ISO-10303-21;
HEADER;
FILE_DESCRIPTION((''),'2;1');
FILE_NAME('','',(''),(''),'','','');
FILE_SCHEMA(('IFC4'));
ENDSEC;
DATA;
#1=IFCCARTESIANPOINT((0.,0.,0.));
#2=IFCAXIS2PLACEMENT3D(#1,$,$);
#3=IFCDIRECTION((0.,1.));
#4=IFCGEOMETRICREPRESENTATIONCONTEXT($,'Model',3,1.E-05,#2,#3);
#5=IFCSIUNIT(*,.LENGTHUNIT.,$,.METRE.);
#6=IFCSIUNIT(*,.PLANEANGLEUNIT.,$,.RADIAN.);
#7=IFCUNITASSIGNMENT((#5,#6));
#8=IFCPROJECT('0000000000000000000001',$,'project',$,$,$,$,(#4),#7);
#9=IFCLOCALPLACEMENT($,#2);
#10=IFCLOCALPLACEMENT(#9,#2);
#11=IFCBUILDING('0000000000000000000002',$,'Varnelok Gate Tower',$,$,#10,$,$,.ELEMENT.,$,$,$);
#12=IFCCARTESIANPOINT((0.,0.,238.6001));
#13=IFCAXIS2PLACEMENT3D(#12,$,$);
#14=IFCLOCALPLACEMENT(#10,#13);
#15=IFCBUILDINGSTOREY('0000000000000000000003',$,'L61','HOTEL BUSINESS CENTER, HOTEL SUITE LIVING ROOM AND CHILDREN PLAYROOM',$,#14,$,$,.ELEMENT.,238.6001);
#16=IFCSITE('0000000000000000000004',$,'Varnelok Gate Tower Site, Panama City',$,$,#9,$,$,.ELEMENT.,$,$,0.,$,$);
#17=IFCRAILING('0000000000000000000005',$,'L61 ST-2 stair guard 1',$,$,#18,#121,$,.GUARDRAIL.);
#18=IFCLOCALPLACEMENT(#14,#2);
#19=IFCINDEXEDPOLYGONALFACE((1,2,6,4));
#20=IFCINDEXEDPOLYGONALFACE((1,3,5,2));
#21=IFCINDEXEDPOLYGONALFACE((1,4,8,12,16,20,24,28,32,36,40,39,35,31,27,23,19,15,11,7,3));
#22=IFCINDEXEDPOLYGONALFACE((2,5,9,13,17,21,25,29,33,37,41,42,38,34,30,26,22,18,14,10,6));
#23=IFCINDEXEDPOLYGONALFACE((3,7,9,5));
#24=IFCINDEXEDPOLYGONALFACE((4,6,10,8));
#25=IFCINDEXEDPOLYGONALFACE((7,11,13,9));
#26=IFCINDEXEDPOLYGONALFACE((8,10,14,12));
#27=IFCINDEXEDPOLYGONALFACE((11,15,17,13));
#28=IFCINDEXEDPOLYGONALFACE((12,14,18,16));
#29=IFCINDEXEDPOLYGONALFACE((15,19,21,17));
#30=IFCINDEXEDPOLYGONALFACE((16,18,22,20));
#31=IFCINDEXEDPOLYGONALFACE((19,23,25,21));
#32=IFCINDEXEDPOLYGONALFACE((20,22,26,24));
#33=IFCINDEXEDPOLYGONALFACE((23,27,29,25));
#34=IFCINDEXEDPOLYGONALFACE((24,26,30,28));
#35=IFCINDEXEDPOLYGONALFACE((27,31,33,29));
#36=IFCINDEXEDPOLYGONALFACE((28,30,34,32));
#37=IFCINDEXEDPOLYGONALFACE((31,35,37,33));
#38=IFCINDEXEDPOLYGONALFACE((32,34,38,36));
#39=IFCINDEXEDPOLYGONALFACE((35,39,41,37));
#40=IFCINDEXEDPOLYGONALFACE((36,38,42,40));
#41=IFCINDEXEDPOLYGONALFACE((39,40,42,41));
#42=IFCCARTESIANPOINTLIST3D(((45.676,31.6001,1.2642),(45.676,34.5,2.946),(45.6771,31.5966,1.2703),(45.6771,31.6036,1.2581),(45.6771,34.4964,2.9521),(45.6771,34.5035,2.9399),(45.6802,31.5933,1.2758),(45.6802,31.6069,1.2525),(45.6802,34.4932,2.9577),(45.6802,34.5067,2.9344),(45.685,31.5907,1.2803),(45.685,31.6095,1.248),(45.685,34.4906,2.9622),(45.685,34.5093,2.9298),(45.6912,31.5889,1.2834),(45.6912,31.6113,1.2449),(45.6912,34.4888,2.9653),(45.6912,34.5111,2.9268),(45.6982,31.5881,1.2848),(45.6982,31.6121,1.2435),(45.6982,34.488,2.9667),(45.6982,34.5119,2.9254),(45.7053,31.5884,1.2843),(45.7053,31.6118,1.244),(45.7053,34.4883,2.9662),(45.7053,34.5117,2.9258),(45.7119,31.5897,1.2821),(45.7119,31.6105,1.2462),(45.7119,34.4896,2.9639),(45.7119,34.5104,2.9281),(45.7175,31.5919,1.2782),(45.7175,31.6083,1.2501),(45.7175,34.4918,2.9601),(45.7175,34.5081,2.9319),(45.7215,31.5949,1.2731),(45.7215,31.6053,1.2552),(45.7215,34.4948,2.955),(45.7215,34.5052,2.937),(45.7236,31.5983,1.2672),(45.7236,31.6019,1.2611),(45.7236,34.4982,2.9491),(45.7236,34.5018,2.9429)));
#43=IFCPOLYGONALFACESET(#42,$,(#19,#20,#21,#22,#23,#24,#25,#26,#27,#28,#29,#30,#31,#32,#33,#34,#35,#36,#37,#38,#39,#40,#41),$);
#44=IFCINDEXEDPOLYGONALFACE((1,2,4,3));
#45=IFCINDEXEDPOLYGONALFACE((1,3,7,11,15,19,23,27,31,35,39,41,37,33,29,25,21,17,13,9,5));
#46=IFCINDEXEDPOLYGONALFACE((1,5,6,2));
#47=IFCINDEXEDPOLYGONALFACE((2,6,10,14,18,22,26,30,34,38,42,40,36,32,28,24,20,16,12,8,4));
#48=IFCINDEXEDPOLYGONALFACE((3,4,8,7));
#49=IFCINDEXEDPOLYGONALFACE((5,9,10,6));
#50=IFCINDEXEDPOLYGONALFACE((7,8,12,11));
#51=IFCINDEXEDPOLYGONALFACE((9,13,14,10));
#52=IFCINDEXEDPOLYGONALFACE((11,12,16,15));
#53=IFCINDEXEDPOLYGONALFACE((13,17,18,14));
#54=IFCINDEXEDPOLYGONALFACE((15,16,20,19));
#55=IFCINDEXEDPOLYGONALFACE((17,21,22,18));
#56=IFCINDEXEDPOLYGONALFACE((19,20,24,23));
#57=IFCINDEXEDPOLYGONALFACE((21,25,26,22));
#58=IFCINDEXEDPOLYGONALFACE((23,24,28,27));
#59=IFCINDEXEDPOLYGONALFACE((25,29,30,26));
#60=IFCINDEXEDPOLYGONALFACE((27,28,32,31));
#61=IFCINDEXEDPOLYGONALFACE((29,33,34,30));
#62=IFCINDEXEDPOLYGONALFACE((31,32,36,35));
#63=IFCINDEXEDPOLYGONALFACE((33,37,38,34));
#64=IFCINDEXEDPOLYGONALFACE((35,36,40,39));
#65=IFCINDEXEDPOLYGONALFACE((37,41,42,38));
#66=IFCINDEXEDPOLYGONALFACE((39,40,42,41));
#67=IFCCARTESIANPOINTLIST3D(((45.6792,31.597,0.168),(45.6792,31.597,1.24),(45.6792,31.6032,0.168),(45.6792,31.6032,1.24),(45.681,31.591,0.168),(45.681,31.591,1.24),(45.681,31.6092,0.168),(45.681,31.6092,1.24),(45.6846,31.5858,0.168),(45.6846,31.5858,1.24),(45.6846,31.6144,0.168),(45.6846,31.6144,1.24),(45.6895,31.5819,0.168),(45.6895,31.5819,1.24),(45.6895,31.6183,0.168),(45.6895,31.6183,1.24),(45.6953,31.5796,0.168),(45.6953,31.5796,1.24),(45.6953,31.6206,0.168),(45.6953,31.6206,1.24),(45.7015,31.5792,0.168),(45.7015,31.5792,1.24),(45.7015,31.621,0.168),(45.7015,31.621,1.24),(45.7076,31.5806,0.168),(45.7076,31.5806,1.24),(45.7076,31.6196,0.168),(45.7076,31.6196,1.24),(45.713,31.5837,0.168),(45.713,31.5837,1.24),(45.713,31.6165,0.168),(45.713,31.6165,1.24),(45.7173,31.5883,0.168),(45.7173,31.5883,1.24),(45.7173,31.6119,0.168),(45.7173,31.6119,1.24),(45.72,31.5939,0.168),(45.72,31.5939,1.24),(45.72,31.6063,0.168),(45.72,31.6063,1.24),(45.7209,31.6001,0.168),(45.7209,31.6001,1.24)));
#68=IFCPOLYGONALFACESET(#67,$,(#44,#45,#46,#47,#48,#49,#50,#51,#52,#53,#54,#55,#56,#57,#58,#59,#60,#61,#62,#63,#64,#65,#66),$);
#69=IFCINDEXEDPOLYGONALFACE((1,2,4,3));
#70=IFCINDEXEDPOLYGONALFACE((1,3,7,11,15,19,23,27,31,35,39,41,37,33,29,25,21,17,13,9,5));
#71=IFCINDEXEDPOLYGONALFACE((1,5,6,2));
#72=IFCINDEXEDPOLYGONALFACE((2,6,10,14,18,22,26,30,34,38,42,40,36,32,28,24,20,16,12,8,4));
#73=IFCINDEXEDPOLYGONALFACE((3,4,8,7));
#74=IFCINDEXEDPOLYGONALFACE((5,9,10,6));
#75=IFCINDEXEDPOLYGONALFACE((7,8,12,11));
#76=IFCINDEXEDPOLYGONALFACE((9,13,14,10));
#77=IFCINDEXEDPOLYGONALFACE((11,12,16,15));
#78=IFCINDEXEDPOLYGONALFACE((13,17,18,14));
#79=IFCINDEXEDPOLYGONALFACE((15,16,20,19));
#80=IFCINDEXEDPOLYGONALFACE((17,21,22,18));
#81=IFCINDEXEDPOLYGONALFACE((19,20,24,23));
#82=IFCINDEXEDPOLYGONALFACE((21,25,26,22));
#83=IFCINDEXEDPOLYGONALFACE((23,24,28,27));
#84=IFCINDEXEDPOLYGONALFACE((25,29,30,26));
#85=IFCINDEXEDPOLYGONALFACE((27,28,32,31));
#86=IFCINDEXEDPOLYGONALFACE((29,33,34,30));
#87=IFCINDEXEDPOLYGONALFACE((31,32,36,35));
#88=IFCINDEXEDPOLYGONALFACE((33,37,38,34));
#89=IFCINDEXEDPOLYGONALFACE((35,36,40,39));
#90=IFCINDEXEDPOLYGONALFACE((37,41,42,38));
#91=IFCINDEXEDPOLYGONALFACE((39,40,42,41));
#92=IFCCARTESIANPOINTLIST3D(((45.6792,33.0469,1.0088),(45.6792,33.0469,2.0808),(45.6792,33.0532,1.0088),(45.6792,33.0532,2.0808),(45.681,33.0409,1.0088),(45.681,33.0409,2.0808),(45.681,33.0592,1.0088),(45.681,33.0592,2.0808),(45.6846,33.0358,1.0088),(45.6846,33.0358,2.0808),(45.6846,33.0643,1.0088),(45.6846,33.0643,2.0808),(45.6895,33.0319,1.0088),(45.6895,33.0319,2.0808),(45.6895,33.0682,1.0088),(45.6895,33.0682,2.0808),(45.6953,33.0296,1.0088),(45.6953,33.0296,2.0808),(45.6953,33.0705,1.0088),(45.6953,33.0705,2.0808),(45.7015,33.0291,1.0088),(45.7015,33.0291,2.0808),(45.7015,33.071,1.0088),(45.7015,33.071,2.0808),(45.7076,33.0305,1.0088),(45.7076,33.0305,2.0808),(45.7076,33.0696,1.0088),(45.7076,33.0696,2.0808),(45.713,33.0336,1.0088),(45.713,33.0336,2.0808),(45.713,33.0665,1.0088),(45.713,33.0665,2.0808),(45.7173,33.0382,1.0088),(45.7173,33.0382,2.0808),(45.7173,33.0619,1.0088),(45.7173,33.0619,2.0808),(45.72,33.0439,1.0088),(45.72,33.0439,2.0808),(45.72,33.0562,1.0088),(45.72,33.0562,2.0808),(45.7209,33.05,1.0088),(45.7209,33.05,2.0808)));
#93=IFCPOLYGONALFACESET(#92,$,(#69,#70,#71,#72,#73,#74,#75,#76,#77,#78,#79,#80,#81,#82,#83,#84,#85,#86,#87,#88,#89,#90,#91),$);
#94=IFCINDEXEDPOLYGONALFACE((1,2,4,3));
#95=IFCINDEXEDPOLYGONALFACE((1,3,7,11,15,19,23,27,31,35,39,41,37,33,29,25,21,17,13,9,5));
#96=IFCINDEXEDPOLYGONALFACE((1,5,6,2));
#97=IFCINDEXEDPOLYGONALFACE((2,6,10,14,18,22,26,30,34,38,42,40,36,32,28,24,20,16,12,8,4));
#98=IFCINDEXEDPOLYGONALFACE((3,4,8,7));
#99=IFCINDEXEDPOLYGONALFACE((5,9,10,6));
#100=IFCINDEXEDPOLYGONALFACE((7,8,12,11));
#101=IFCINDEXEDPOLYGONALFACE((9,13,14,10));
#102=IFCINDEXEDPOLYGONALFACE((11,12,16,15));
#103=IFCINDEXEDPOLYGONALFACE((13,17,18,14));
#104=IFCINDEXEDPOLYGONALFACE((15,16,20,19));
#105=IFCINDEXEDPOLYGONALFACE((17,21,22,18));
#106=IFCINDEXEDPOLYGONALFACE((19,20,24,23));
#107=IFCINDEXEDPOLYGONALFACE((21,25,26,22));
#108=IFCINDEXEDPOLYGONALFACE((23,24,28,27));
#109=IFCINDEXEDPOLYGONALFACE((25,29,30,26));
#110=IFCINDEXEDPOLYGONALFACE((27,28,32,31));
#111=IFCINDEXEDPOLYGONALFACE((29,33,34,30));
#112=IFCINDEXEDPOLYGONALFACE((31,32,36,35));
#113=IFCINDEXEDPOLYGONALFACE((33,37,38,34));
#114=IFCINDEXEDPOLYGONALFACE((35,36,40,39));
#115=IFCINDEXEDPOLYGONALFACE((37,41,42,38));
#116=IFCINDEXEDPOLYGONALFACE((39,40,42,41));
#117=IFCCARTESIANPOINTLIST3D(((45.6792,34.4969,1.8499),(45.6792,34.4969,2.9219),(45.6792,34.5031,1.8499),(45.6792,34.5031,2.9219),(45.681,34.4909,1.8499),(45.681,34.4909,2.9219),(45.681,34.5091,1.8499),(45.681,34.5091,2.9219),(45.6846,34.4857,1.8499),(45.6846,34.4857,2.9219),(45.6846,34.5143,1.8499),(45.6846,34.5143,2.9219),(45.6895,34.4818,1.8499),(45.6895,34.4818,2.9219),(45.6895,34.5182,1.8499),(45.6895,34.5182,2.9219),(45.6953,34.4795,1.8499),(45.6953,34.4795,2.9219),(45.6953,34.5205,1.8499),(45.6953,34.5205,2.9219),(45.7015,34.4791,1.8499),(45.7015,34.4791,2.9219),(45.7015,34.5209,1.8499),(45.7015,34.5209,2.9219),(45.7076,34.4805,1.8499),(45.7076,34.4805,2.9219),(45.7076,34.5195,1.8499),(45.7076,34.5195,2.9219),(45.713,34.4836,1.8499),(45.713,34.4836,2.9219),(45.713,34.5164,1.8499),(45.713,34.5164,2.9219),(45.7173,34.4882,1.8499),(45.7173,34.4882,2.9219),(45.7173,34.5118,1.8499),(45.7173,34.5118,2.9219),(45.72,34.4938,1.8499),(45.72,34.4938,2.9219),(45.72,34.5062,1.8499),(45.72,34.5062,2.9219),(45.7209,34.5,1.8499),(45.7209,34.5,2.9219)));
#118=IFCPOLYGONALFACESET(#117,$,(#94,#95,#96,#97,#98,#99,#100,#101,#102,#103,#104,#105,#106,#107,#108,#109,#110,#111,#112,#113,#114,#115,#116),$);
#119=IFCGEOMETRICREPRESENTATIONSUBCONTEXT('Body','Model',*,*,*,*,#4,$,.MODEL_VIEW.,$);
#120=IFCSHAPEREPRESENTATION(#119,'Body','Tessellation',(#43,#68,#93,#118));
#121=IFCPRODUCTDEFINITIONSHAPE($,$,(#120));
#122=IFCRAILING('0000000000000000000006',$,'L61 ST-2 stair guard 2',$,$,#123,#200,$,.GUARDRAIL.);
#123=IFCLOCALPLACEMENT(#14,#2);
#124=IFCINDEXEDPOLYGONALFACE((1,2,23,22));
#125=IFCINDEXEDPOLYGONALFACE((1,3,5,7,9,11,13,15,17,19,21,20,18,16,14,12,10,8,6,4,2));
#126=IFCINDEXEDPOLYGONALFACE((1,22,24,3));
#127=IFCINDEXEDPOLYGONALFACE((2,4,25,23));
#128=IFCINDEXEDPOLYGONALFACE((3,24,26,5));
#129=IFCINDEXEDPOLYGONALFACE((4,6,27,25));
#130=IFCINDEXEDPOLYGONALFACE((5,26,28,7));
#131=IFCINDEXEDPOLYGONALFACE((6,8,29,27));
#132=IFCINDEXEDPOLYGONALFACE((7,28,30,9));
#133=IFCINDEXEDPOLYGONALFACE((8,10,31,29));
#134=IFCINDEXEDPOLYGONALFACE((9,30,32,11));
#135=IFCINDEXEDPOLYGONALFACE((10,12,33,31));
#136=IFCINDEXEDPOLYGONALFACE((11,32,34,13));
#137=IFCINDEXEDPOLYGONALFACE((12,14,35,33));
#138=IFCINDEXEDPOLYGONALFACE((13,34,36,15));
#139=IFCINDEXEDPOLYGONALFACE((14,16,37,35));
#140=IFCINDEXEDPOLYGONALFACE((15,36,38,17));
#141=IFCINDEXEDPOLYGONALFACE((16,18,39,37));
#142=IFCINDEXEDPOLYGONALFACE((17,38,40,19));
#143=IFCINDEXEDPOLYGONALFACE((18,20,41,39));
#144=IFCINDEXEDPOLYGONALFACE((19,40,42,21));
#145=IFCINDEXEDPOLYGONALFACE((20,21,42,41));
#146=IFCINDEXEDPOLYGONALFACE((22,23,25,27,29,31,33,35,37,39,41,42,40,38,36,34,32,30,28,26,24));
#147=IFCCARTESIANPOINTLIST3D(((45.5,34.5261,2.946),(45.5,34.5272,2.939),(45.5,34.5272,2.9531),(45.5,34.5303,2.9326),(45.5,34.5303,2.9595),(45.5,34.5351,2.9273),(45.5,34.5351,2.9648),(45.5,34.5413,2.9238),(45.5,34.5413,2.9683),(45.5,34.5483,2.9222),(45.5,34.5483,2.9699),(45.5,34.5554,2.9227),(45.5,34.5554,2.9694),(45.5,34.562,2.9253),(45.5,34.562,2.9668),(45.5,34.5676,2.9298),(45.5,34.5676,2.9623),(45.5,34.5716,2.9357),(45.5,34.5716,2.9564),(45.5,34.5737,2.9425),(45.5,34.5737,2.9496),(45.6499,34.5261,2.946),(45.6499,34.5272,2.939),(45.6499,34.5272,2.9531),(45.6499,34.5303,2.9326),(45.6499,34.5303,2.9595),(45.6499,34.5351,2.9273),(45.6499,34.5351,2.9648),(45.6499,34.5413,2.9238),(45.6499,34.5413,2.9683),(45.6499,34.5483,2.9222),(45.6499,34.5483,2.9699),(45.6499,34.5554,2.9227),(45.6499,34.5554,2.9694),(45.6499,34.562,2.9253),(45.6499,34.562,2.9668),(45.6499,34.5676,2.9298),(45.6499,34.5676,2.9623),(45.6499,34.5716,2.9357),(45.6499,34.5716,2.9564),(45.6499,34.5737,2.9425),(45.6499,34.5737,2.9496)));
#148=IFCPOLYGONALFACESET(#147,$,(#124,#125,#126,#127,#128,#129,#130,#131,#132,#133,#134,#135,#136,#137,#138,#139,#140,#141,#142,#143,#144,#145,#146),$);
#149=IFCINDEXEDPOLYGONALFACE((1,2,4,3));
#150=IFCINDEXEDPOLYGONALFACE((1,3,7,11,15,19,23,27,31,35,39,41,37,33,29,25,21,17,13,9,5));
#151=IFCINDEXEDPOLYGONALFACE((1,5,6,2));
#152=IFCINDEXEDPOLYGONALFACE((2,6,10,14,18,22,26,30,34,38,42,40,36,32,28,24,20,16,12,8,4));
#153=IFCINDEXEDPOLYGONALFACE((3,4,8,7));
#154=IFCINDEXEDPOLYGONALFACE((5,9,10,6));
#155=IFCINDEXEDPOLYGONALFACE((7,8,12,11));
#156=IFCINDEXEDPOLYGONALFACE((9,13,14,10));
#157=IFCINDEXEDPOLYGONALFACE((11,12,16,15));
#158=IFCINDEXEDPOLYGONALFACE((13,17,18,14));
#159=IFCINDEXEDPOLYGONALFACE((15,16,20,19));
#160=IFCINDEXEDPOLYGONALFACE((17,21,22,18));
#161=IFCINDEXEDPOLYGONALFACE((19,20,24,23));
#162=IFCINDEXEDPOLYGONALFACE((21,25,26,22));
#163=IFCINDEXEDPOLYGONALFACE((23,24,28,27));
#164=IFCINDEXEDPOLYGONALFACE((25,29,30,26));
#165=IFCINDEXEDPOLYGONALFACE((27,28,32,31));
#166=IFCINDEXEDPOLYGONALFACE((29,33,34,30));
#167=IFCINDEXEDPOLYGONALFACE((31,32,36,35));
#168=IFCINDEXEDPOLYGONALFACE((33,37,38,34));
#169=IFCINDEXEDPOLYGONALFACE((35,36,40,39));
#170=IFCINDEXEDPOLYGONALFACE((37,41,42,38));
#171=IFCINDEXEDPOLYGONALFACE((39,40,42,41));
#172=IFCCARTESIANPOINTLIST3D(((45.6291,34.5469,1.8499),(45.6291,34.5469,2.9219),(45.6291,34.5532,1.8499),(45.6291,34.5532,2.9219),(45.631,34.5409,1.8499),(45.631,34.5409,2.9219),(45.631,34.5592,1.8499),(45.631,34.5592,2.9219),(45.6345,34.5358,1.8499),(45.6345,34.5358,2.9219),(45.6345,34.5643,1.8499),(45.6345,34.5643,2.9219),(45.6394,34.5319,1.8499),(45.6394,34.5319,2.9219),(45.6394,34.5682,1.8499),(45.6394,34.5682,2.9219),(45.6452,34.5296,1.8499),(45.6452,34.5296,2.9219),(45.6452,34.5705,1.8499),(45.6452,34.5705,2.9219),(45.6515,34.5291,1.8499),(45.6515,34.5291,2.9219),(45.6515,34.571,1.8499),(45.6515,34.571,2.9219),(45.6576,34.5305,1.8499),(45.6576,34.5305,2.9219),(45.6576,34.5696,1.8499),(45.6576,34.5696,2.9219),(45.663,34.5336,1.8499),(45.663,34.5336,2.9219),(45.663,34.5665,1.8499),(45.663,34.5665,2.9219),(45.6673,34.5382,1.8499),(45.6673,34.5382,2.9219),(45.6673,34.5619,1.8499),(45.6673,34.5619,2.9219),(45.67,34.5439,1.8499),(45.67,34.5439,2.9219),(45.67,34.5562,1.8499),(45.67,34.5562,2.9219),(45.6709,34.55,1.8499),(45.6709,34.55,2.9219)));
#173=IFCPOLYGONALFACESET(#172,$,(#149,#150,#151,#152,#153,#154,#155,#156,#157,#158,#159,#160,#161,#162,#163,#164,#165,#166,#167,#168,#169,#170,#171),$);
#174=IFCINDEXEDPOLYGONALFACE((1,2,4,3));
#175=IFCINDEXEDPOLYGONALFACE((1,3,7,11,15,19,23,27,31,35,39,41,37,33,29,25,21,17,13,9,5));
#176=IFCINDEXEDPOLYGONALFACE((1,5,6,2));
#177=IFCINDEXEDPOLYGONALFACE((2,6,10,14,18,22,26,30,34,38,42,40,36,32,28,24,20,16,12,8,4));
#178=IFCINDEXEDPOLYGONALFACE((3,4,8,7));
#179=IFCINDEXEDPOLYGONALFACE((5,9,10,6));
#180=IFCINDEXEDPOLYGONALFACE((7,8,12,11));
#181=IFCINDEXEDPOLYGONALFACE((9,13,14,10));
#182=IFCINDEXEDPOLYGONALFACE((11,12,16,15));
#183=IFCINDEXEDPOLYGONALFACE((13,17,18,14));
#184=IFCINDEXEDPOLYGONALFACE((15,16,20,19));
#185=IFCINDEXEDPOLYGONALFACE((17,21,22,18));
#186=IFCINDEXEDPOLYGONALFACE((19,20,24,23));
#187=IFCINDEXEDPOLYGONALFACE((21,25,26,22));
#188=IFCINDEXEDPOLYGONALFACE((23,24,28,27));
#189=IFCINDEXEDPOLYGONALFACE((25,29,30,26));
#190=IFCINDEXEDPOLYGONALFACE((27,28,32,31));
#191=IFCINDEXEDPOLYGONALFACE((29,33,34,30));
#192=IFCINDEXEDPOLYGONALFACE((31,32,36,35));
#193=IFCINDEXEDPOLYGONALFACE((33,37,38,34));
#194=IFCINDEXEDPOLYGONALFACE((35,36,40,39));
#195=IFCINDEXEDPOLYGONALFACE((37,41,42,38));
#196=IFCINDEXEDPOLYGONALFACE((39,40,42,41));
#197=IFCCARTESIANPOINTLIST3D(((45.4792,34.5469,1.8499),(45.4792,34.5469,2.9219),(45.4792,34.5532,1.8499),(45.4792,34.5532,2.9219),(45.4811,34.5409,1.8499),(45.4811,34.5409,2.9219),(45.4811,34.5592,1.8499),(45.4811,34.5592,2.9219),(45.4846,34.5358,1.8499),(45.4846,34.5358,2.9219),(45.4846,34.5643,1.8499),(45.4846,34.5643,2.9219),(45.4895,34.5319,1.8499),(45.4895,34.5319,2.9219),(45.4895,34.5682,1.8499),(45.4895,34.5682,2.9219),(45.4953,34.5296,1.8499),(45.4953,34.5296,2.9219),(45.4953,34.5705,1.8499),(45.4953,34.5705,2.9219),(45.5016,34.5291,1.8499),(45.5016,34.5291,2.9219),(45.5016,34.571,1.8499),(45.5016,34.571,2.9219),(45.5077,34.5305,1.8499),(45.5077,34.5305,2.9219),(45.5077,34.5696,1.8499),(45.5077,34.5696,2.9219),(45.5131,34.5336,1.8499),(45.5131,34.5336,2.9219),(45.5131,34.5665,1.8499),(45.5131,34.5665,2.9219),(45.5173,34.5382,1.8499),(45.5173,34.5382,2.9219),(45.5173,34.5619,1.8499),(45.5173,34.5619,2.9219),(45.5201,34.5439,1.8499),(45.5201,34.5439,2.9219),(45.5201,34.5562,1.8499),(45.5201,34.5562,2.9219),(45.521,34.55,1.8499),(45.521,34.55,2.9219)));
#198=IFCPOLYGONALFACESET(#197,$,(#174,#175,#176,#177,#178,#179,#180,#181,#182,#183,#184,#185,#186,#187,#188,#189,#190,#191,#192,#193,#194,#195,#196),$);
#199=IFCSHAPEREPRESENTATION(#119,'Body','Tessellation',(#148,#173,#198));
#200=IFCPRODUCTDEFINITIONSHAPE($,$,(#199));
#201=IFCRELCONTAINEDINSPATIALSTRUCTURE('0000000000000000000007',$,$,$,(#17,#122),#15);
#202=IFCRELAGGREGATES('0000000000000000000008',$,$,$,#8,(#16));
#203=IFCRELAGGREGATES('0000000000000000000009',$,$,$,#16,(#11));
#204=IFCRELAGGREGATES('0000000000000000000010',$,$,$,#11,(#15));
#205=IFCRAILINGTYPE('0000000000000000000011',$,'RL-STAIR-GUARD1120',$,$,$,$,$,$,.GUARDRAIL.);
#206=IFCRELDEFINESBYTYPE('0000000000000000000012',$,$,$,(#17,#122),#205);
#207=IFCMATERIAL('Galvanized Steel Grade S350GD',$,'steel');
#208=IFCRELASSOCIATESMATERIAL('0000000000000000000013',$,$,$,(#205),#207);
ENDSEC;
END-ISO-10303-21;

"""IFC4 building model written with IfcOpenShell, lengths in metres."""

from ifc_helpers import new_model, si_unit, direction, frame, origin, origin_2d, place, context, subcontext, project, spatial, circle, extrude, material, type_object, element, save


model = new_model("IFC4")

# Units and contexts
model_context = context("Model", 3, precision=1e-05, world=origin(), true_north=direction((0.0, 1.0)))
body_context = subcontext(model_context, "Body", "Model", "MODEL_VIEW")
ifc_project = project(units=[si_unit("LENGTHUNIT", "METRE"), si_unit("PLANEANGLEUNIT", "RADIAN")], contexts=[model_context])

# Site, building, storey
site_placement = place(None, origin())
site = spatial("IfcSite", under=ifc_project, at=site_placement, Name="Varnelok Gate Tower Site, Panama City", CompositionType="ELEMENT", RefElevation=0.0)
building_placement = place(site_placement, origin())
building = spatial("IfcBuilding", under=site, at=building_placement, Name="Varnelok Gate Tower", CompositionType="ELEMENT")
storey_placement = place(building_placement, frame((0.0, 0.0, 238.6001)))
storey = spatial("IfcBuildingStorey", under=building, at=storey_placement, Name="L61", Description="HOTEL BUSINESS CENTER, HOTEL SUITE LIVING ROOM AND CHILDREN PLAYROOM", CompositionType="ELEMENT", Elevation=238.6001)

# Shared definitions
ifc_material_1 = material(Name="Galvanized Steel Grade S350GD", Category="steel")

# Railings
railing_type_1 = type_object("IfcRailingType", Name="RL-STAIR-GUARD1120", PredefinedType="GUARDRAIL", material=ifc_material_1)
railing_1_placement = place(storey_placement, frame((45.7, 31.6001, 0.168)))
element("IfcRailing", 1, at=railing_1_placement, inside=storey, type_object=railing_type_1, Name="L61 ST-2 stair guard 1", PredefinedType="GUARDRAIL", context=body_context, shape_type="SweptSolid", body=[
    extrude(circle(Radius=0.0239, at=origin_2d()), frame((0.0, 0.0, 1.0962), z_axis=(0.0, 0.865039, 0.501705), x_axis=(-1.0, 0.0, 0.0)), (0.0, 0.0, 1.0), 3.3523),
    extrude(circle(Radius=0.021, at=origin_2d()), origin(), (0.0, 0.0, 1.0), 1.072),
    extrude(circle(Radius=0.021, at=origin_2d()), frame((0.0, 1.45, 0.8408)), (0.0, 0.0, 1.0), 1.072),
    extrude(circle(Radius=0.021, at=origin_2d()), frame((0.0, 2.8999, 1.6819)), (0.0, 0.0, 1.0), 1.072),
])
railing_2_placement = place(storey_placement, frame((45.6499, 34.55, 1.8499)))
element("IfcRailing", 2, at=railing_2_placement, inside=storey, type_object=railing_type_1, Name="L61 ST-2 stair guard 2", PredefinedType="GUARDRAIL", context=body_context, shape_type="SweptSolid", body=[
    extrude(circle(Radius=0.0239, at=origin_2d()), frame((0.0, 0.0, 1.0962), z_axis=(-1.0, 0.0, 0.0), x_axis=(0.0, -1.0, 0.0)), (0.0, 0.0, 1.0), 0.1499),
    extrude(circle(Radius=0.021, at=origin_2d()), origin(), (0.0, 0.0, 1.0), 1.072),
    extrude(circle(Radius=0.021, at=origin_2d()), frame((-0.1499, 0.0, 0.0)), (0.0, 0.0, 1.0), 1.072),
])

save(model, "model.ifc")
